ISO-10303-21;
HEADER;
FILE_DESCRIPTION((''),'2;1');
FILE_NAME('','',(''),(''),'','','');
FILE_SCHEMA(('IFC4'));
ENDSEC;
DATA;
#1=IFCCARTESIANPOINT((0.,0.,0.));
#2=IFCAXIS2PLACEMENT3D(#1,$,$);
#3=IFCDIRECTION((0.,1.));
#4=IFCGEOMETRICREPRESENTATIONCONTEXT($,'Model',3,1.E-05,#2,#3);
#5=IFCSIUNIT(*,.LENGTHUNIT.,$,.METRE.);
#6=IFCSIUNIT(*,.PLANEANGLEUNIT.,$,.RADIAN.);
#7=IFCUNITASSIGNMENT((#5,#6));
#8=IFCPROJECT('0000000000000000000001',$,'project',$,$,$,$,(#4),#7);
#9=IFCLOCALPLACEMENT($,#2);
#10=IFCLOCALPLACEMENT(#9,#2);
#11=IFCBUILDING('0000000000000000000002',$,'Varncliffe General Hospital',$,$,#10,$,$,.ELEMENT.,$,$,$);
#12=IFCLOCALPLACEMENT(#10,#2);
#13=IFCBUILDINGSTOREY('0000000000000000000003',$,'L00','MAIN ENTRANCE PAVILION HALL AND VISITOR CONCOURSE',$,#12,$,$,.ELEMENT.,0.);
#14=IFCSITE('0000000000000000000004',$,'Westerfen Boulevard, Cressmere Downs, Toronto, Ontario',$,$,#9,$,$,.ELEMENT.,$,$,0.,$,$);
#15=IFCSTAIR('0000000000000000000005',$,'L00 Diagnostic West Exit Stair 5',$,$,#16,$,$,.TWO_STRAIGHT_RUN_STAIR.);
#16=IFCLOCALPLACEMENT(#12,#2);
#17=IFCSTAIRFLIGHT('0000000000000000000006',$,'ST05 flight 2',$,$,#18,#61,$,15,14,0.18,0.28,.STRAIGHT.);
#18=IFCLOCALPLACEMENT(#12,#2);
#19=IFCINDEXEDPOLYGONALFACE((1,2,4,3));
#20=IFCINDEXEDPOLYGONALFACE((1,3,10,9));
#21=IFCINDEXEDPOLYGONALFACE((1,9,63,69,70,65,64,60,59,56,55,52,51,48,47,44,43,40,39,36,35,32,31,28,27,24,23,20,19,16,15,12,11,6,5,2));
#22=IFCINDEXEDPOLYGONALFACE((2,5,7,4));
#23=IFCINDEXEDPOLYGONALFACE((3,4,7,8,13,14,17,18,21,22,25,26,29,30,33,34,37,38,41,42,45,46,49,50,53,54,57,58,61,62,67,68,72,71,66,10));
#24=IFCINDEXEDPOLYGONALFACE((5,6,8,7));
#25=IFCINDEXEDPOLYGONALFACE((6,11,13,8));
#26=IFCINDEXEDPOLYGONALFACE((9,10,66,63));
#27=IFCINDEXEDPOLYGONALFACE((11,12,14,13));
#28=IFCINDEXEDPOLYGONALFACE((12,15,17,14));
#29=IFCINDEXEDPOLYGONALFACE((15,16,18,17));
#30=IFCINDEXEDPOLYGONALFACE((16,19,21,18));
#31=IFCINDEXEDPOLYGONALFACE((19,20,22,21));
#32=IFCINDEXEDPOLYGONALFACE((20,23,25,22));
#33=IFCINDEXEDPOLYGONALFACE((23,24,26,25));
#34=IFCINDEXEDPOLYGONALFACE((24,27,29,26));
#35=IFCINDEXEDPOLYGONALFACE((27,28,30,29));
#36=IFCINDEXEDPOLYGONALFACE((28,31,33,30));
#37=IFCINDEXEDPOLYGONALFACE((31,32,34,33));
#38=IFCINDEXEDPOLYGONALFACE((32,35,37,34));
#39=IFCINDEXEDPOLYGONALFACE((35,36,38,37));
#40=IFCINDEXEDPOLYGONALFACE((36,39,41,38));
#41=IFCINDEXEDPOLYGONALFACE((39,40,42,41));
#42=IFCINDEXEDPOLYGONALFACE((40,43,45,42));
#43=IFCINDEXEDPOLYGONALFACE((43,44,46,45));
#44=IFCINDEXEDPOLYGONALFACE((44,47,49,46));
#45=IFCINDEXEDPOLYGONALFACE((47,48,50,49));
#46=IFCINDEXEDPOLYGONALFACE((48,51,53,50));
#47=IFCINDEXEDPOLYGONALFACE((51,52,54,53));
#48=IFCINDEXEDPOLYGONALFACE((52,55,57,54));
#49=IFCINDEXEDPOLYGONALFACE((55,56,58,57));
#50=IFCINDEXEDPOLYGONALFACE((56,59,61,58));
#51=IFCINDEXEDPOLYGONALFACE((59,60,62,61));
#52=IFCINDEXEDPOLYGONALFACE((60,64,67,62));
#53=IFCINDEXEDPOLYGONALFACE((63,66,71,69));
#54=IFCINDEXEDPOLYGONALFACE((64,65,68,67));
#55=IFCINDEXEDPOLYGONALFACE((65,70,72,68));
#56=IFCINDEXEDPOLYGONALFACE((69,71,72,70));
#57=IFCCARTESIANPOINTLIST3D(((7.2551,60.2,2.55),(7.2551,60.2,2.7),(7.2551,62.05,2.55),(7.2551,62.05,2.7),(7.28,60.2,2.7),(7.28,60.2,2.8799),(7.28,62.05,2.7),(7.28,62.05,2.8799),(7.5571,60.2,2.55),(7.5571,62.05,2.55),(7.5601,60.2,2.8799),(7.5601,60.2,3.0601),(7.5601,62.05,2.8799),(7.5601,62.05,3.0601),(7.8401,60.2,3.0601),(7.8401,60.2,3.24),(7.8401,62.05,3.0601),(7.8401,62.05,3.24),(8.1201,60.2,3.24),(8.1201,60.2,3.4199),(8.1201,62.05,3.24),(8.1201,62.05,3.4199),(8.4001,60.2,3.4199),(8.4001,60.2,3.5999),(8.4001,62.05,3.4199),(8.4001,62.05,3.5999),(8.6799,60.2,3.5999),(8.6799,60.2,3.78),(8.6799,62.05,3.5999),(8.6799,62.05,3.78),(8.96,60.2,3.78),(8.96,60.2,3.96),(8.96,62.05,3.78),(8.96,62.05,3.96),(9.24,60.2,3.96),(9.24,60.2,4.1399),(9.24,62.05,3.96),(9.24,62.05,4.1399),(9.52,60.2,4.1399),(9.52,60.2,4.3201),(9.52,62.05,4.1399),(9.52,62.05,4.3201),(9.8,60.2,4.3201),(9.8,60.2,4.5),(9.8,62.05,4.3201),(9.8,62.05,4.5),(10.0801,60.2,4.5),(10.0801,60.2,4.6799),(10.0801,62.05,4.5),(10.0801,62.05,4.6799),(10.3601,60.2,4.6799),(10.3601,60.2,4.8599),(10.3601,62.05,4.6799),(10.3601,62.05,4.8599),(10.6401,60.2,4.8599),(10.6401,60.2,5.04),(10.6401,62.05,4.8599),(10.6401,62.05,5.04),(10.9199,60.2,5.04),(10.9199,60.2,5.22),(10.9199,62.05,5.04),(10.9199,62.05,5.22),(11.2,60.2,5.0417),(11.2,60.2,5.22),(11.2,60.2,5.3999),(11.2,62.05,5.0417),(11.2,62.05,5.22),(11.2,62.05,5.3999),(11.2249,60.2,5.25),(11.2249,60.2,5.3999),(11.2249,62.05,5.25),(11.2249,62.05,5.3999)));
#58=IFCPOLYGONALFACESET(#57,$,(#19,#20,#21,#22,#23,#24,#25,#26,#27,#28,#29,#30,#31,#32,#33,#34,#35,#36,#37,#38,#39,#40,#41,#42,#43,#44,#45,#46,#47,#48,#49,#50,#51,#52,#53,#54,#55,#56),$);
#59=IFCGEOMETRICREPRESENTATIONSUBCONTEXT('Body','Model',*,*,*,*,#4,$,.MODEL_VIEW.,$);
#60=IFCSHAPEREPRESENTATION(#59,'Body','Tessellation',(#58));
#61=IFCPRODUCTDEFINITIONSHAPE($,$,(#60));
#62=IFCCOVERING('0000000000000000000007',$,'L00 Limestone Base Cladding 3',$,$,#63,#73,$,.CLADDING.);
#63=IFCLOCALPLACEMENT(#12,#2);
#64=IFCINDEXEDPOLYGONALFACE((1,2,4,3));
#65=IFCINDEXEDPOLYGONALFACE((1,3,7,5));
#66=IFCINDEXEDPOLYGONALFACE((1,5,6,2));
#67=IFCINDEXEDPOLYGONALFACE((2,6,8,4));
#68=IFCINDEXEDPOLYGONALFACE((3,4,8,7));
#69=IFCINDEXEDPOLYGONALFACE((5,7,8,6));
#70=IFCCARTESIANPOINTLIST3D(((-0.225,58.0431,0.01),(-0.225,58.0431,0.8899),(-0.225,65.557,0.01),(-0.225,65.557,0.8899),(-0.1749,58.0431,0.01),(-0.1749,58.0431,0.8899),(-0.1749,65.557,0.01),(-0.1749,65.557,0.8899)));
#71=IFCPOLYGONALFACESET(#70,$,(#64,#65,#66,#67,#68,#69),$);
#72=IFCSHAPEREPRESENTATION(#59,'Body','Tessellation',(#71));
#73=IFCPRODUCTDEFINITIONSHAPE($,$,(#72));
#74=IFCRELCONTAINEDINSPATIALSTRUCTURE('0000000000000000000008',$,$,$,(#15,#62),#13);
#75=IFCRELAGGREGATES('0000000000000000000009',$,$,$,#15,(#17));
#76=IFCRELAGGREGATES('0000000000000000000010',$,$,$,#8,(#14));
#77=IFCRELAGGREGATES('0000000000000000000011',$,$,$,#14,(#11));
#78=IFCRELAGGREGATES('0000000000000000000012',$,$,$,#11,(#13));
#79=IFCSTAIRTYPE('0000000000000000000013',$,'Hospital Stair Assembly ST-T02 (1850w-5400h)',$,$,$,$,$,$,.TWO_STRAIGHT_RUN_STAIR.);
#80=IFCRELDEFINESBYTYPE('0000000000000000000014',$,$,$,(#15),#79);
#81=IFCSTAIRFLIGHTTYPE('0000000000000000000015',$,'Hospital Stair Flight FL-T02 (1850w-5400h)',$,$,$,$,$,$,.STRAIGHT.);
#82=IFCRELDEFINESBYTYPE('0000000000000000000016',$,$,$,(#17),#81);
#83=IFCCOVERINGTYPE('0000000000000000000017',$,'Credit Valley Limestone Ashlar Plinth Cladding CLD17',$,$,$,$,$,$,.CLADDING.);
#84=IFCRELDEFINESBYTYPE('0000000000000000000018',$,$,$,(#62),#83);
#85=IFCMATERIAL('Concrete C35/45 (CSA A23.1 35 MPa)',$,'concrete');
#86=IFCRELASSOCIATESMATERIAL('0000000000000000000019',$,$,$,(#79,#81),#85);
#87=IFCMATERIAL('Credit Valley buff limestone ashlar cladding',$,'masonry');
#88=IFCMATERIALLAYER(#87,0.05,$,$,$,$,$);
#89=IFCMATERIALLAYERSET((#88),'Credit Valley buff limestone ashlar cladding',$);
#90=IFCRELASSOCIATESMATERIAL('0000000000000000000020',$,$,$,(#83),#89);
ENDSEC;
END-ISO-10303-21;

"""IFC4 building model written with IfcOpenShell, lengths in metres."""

from ifc_helpers import new_model, si_unit, direction, frame, origin, origin_2d, place, context, subcontext, project, spatial, polyline, rectangle, outline, extrude, material, layer, layer_set, type_object, element, aggregate, save


model = new_model("IFC4")

# Units and contexts
model_context = context("Model", 3, precision=1e-05, world=origin(), true_north=direction((0.0, 1.0)))
body_context = subcontext(model_context, "Body", "Model", "MODEL_VIEW")
ifc_project = project(units=[si_unit("LENGTHUNIT", "METRE"), si_unit("PLANEANGLEUNIT", "RADIAN")], contexts=[model_context])

# Site, building, storey
site_placement = place(None, origin())
site = spatial("IfcSite", under=ifc_project, at=site_placement, Name="Westerfen Boulevard, Cressmere Downs, Toronto, Ontario", CompositionType="ELEMENT", RefElevation=0.0)
building_placement = place(site_placement, origin())
building = spatial("IfcBuilding", under=site, at=building_placement, Name="Varncliffe General Hospital", CompositionType="ELEMENT")
storey_placement = place(building_placement, origin())
storey = spatial("IfcBuildingStorey", under=building, at=storey_placement, Name="L00", Description="MAIN ENTRANCE PAVILION HALL AND VISITOR CONCOURSE", CompositionType="ELEMENT", Elevation=0.0)

# Shared definitions
ifc_material_1 = material(Name="Concrete C35/45 (CSA A23.1 35 MPa)", Category="concrete")

# Stair, stair flight
stair_type = type_object("IfcStairType", Name="Hospital Stair Assembly ST-T02 (1850w-5400h)", PredefinedType="TWO_STRAIGHT_RUN_STAIR", material=ifc_material_1)
stair_placement = place(storey_placement, origin())
stair = element("IfcStair", 1, at=stair_placement, inside=storey, type_object=stair_type, Name="L00 Diagnostic West Exit Stair 5", PredefinedType="TWO_STRAIGHT_RUN_STAIR")
stair_flight_type = type_object("IfcStairFlightType", Name="Hospital Stair Flight FL-T02 (1850w-5400h)", PredefinedType="STRAIGHT", material=ifc_material_1)
stair_flight_placement = place(storey_placement, frame((7.28, 61.125, 2.7), z_axis=(0.0, 0.0, 1.0), x_axis=(1.0, 0.0, 0.0)))
stair_flight = element("IfcStairFlight", 2, at=stair_flight_placement, type_object=stair_flight_type, Name="ST05 flight 2", NumberOfRisers=15, NumberOfTreads=14, PredefinedType="STRAIGHT", RiserHeight=0.18, TreadLength=0.28, context=body_context, shape_type="SweptSolid", body=[
    extrude(outline(polyline([(-0.0249, -0.1499), (-0.0249, 0.0), (0.0, 0.0), (0.0, 0.1799), (0.28, 0.1799), (0.28, 0.3601), (0.5601, 0.3601), (0.5601, 0.54), (0.8401, 0.54), (0.8401, 0.72), (1.1201, 0.72), (1.1201, 0.8999), (1.3999, 0.8999), (1.3999, 1.0801), (1.6799, 1.0801), (1.6799, 1.26), (1.96, 1.26), (1.96, 1.4399), (2.24, 1.4399), (2.24, 1.6201), (2.52, 1.6201), (2.52, 1.8), (2.8, 1.8), (2.8, 1.98), (3.0801, 1.98), (3.0801, 2.1599), (3.3601, 2.1599), (3.3601, 2.3401), (3.6399, 2.3401), (3.6399, 2.52), (3.9199, 2.52), (3.9199, 2.7), (3.9448, 2.7), (3.9448, 2.55), (3.9199, 2.3418), (0.2771, -0.1499), (-0.0249, -0.1499)])), frame((0.0, 0.925, 0.0), z_axis=(0.0, -1.0, 0.0), x_axis=(1.0, 0.0, 0.0)), (0.0, 0.0, 1.0), 1.8501),
])
aggregate(stair, [stair_flight])

# Covering
ifc_material_2 = material(Name="Credit Valley buff limestone ashlar cladding", Category="masonry")
ifc_layer_1 = layer(ifc_material_2, 0.05)
ifc_layer_set_1 = layer_set([ifc_layer_1], Name="Credit Valley buff limestone ashlar cladding")
covering_type = type_object("IfcCoveringType", Name="Credit Valley Limestone Ashlar Plinth Cladding CLD17", PredefinedType="CLADDING", material=ifc_layer_set_1)
covering_placement = place(storey_placement, frame((-0.2, 61.8, 0.01), z_axis=(0.0, 0.0, 1.0), x_axis=(0.0, 1.0, 0.0)))
element("IfcCovering", 3, at=covering_placement, inside=storey, type_object=covering_type, Name="L00 Limestone Base Cladding 3", PredefinedType="CLADDING", context=body_context, shape_type="SweptSolid", body=[
    extrude(rectangle(XDim=7.5139, YDim=0.05, at=origin_2d()), origin(), (0.0, 0.0, 1.0), 0.8799),
])

save(model, "model.ifc")
